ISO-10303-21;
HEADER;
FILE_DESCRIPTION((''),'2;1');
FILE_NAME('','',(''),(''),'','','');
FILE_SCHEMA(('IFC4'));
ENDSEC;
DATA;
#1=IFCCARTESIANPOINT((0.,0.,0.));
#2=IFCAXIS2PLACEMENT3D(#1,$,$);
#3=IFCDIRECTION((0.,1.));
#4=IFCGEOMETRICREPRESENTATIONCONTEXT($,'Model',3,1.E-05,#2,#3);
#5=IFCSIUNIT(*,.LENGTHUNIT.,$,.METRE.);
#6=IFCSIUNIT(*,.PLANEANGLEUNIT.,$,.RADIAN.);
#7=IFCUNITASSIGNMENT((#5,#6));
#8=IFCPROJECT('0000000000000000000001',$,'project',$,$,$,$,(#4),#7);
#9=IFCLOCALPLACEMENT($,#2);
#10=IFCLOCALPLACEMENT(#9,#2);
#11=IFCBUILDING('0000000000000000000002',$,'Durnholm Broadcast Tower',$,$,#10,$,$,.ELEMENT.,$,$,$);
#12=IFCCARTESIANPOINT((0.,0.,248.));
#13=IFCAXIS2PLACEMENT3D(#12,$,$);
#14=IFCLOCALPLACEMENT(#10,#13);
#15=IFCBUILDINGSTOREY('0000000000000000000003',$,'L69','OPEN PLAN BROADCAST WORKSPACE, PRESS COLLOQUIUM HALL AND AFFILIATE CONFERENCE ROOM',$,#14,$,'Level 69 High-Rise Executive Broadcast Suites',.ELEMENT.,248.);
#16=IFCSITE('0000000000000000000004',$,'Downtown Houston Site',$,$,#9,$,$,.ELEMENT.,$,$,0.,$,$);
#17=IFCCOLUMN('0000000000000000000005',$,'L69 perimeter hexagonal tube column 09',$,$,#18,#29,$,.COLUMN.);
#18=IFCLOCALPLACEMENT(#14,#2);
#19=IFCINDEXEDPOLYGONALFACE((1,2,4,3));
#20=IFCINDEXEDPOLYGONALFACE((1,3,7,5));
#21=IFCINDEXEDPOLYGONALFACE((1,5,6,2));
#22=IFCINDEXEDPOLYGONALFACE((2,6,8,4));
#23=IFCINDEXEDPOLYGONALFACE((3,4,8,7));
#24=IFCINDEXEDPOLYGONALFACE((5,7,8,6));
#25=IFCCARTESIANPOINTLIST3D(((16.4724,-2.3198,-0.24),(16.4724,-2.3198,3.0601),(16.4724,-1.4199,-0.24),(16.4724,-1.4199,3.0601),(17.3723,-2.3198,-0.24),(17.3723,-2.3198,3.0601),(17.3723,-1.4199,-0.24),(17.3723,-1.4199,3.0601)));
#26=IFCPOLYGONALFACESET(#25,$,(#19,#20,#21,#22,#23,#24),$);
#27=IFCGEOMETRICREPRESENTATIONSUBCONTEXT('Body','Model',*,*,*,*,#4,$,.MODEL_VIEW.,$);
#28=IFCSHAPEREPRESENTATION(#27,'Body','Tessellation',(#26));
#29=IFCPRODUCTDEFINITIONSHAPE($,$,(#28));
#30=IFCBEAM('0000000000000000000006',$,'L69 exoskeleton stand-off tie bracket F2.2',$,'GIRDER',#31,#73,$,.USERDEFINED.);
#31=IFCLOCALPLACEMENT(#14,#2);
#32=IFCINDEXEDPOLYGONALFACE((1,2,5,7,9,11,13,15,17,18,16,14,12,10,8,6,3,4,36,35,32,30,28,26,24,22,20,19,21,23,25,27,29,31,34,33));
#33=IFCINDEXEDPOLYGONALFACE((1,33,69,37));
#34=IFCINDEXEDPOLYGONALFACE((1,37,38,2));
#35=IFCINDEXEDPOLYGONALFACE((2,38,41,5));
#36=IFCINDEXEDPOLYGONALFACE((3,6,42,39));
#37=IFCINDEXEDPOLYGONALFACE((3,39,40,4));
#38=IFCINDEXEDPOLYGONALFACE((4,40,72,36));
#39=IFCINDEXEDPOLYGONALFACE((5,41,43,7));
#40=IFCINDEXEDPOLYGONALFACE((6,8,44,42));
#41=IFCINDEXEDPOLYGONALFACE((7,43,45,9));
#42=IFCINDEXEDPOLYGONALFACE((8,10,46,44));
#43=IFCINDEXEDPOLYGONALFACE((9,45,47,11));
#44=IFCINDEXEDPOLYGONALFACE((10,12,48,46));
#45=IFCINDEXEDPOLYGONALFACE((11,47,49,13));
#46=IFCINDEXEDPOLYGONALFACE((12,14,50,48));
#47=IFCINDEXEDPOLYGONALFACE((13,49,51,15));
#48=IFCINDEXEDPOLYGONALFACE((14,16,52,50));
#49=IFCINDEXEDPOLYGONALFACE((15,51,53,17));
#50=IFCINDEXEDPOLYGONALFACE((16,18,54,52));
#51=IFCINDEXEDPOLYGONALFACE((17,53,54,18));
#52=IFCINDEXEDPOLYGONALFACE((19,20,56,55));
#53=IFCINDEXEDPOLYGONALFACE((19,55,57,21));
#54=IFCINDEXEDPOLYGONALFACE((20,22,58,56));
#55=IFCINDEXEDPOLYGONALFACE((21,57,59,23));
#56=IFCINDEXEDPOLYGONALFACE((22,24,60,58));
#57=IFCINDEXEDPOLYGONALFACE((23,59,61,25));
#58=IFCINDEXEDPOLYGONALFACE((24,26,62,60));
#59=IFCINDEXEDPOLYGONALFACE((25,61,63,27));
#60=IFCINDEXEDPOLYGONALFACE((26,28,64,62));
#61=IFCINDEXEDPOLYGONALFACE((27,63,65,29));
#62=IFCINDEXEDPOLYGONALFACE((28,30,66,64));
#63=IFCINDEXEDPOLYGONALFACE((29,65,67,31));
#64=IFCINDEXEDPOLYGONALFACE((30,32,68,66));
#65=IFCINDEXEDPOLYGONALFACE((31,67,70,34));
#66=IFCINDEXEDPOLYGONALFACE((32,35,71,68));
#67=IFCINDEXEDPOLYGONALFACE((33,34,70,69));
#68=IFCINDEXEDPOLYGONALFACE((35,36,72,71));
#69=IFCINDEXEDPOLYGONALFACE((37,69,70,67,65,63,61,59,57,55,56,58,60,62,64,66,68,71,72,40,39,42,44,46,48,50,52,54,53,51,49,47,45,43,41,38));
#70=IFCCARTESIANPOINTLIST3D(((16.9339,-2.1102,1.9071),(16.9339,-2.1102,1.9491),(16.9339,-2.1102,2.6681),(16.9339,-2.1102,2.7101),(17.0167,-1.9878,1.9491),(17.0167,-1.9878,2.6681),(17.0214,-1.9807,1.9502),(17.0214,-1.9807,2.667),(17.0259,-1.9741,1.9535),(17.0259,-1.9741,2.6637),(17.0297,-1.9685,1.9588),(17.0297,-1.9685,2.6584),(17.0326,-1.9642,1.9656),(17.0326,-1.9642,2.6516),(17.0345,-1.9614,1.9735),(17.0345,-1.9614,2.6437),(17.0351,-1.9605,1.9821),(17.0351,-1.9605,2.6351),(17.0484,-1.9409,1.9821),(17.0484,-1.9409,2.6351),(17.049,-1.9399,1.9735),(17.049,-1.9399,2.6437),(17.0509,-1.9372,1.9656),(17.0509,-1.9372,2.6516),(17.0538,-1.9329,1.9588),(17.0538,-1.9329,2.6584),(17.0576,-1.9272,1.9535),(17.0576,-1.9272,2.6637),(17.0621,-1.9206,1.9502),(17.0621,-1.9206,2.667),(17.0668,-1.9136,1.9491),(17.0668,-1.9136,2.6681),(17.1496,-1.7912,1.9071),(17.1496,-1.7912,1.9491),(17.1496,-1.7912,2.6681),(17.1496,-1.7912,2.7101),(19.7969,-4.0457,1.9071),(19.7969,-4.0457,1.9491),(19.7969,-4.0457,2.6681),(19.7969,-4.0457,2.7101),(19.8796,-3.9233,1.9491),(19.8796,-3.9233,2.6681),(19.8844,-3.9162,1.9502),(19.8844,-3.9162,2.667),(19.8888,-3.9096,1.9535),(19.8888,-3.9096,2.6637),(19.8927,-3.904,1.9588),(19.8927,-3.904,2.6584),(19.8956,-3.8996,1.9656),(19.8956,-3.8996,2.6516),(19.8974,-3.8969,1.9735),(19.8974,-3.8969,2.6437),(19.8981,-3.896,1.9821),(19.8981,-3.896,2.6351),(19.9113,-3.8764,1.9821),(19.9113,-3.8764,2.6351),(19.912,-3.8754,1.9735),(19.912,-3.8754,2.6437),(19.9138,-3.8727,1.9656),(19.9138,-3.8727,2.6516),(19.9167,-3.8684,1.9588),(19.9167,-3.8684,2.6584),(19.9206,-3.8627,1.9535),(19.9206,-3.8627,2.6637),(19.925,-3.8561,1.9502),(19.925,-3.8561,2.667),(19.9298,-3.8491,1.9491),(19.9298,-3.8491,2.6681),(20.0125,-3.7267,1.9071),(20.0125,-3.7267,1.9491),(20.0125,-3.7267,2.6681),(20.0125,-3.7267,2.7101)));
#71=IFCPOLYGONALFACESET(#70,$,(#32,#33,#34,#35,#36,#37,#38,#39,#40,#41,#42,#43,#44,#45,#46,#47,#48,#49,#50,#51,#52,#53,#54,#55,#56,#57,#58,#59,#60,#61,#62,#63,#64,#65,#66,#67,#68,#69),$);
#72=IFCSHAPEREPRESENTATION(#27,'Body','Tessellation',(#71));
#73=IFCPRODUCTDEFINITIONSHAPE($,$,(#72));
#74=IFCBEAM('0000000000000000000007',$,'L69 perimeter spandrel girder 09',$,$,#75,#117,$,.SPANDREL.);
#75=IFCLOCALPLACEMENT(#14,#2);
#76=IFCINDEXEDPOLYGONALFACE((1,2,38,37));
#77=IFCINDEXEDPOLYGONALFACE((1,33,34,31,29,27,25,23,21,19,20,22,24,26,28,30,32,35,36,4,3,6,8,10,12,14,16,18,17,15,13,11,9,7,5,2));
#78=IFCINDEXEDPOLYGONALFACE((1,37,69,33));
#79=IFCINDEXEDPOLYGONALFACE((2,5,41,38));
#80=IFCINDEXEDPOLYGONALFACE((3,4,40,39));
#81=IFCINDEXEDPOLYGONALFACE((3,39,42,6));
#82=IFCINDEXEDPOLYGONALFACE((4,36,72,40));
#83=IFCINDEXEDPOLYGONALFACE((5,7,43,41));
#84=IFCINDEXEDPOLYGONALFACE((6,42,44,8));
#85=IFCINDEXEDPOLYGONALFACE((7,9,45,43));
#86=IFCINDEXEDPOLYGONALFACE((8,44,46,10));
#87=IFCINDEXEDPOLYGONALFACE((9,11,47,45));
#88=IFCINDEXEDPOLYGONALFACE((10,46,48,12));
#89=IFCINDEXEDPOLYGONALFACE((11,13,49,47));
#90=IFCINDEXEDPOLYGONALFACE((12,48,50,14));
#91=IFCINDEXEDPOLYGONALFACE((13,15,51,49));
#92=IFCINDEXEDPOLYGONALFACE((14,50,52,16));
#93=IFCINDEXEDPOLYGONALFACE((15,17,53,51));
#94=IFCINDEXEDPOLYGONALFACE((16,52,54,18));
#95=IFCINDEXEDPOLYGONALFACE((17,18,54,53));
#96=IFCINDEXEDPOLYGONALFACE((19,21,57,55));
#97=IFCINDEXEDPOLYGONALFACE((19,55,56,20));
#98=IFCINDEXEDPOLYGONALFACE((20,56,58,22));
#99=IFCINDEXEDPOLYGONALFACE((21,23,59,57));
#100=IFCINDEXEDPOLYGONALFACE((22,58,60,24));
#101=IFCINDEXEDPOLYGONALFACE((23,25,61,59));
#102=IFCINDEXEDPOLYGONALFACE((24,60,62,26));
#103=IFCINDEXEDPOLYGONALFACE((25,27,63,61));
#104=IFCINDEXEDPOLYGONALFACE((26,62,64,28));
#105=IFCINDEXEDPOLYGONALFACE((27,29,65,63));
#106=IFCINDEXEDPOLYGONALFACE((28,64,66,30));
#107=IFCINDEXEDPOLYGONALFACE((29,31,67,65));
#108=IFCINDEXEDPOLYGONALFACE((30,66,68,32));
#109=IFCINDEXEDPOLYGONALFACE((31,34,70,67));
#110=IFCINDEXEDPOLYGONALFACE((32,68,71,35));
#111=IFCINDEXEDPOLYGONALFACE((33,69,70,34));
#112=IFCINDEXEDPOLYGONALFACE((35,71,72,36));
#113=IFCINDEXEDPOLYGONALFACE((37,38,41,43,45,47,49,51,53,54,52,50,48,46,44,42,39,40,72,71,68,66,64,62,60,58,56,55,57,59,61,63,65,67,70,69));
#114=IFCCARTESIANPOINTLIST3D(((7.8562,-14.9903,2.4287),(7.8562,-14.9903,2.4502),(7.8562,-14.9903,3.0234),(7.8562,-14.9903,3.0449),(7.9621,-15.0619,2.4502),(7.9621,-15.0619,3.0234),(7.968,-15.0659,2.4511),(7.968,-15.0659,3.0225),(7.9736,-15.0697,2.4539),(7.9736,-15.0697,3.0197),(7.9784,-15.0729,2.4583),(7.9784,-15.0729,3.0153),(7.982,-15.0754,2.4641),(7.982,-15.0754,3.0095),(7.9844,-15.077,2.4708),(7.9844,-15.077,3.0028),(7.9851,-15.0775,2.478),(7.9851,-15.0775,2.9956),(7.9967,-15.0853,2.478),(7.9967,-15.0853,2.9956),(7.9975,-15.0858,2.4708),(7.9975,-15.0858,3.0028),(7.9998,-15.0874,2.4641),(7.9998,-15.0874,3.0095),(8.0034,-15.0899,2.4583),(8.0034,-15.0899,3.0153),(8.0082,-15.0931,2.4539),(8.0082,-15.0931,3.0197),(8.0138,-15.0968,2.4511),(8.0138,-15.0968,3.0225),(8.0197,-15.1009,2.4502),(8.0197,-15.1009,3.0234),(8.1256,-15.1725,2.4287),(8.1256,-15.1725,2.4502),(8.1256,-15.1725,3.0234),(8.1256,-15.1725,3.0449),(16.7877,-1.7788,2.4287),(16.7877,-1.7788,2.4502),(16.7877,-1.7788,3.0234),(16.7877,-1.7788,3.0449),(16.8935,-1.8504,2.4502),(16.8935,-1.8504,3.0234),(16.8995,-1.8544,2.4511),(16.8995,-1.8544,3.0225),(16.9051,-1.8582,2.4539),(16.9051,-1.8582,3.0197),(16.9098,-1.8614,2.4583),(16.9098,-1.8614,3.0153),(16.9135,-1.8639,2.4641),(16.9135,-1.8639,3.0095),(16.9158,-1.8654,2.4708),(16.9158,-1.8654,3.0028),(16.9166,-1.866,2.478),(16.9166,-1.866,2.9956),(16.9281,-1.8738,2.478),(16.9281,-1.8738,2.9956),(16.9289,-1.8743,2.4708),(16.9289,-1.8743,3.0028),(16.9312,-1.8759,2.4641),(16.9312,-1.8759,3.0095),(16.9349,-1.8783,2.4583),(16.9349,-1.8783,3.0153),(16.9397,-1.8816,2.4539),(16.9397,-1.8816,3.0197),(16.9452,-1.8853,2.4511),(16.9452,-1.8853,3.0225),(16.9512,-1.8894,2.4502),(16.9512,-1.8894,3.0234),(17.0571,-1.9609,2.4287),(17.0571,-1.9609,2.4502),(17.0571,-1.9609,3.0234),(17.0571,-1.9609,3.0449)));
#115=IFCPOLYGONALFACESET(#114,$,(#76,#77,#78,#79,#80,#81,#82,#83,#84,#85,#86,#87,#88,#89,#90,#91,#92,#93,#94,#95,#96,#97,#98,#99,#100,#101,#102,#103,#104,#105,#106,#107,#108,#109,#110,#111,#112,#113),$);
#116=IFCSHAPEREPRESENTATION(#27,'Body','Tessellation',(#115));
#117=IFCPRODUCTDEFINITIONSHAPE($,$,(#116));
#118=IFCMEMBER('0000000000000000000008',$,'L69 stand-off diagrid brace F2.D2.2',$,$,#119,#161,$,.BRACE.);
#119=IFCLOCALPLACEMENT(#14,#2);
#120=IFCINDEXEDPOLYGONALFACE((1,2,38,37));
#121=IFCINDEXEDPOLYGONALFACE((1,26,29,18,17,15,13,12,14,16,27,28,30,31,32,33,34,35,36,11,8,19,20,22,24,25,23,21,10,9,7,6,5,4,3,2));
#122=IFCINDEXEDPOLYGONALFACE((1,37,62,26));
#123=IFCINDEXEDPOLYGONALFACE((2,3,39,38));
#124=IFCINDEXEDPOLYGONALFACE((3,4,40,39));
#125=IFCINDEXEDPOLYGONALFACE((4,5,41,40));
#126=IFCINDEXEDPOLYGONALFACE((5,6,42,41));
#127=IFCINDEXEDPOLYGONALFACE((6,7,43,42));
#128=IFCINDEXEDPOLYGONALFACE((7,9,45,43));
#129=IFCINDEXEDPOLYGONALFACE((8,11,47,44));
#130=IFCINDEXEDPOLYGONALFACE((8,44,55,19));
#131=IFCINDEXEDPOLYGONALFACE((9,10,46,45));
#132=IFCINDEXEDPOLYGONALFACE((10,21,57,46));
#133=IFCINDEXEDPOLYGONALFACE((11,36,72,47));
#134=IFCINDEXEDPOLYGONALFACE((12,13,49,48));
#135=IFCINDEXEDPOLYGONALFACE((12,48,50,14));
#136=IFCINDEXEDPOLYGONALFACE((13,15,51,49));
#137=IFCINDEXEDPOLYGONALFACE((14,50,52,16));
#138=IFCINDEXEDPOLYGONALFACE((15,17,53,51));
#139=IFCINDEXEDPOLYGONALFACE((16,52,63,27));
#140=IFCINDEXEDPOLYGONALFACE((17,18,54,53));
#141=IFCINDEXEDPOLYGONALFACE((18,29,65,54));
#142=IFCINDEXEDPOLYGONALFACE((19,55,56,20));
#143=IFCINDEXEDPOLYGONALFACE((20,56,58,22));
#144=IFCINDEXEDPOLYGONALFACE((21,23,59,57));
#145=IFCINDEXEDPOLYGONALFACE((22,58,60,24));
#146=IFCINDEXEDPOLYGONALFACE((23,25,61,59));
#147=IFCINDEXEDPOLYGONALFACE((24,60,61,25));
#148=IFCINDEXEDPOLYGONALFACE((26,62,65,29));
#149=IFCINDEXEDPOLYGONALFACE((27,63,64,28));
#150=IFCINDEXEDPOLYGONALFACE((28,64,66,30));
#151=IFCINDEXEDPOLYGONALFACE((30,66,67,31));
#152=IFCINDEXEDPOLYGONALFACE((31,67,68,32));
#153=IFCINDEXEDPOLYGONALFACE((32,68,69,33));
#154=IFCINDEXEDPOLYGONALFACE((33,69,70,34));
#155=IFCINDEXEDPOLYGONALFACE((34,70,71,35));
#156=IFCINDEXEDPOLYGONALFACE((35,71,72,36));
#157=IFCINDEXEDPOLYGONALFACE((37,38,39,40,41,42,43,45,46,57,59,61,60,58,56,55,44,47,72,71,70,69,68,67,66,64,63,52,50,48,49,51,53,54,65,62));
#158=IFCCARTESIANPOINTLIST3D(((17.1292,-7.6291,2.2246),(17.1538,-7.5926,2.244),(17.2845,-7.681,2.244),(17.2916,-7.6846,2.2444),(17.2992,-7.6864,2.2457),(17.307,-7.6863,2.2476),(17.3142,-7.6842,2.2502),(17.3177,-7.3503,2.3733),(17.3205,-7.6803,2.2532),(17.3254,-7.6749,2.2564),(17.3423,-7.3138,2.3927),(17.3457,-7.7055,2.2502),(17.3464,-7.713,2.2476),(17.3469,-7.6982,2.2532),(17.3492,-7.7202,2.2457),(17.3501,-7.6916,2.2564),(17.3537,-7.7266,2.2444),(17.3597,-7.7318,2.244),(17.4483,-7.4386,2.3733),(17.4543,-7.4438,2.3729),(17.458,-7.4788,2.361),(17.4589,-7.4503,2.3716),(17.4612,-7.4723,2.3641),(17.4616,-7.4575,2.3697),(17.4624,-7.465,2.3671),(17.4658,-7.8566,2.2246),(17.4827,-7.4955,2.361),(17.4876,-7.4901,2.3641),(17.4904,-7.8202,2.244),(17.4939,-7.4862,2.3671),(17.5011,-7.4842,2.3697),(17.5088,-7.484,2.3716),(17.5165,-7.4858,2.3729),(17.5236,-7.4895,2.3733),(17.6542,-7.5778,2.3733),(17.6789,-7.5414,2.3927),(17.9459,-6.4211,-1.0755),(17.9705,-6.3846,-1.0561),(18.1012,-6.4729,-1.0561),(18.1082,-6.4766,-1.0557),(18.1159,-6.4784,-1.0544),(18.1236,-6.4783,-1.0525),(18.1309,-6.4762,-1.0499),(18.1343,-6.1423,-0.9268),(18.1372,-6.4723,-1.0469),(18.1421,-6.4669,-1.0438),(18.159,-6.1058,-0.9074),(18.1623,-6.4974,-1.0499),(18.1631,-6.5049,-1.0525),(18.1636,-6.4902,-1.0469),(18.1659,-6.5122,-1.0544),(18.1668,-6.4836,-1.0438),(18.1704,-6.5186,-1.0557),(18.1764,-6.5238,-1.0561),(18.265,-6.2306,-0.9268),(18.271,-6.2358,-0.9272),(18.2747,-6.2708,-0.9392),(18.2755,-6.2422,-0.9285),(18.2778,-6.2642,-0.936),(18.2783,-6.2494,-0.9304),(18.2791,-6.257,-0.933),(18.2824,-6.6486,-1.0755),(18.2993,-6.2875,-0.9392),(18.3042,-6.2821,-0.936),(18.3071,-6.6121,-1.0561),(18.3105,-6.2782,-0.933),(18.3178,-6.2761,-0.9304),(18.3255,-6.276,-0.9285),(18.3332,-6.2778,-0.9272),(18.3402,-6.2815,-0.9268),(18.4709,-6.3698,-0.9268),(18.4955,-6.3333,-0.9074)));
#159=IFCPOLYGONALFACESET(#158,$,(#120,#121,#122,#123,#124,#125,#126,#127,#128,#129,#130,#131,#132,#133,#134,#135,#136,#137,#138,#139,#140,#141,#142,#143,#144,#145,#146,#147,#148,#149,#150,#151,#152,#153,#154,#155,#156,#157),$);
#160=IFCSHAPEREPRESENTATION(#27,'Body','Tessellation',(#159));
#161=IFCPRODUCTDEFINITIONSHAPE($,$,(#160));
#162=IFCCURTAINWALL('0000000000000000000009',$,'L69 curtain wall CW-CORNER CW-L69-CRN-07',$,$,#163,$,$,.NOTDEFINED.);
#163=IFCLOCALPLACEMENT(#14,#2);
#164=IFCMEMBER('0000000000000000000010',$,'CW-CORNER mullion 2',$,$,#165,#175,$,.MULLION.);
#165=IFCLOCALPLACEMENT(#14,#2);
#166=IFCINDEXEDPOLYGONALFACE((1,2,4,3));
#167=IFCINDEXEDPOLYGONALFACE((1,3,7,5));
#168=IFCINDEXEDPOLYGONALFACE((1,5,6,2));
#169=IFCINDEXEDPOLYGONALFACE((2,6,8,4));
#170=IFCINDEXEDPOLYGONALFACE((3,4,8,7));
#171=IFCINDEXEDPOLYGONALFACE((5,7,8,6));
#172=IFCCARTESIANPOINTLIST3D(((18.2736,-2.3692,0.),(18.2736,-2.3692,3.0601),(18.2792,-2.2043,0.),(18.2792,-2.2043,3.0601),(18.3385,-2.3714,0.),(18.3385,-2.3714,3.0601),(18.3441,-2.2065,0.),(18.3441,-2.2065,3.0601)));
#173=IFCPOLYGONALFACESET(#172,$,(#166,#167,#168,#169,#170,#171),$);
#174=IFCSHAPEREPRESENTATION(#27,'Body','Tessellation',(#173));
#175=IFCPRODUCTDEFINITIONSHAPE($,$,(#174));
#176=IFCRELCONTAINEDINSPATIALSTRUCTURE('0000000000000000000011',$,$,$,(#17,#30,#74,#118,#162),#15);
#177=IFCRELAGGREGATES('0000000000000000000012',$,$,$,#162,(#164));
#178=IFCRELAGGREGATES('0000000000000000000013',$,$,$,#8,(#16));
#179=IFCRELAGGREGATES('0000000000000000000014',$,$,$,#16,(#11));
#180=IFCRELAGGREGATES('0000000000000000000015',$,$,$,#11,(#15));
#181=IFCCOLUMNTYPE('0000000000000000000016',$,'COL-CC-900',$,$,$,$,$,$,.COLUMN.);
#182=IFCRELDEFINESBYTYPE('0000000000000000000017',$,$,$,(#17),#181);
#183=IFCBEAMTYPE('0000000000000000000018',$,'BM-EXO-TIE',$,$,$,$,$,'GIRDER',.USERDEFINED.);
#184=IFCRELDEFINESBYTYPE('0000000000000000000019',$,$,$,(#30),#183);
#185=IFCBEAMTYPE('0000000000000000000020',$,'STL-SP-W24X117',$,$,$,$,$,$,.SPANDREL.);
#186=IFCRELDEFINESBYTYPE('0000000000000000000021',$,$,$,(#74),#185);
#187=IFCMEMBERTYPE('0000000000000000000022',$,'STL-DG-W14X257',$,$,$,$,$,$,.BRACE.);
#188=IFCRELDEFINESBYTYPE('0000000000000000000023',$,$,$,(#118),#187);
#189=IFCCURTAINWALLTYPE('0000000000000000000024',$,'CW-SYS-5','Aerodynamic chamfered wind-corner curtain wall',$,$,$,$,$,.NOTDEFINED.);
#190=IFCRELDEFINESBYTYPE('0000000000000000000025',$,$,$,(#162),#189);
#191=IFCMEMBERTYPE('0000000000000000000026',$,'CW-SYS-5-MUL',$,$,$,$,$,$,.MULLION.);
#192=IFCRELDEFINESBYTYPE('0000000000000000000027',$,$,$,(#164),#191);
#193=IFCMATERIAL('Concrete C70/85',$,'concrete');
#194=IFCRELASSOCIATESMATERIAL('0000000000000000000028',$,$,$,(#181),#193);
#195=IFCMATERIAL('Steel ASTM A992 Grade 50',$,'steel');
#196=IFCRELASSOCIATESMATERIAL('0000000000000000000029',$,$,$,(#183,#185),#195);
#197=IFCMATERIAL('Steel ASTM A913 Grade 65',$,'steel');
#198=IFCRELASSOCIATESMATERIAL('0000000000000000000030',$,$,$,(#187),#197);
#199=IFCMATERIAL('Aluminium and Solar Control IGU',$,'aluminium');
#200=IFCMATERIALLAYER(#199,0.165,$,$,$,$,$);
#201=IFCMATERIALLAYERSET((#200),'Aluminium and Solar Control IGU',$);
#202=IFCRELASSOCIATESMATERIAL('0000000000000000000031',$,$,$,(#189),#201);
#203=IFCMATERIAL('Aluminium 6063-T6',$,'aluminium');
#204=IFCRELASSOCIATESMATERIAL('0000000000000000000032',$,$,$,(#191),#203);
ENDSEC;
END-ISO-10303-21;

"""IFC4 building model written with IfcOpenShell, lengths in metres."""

from ifc_helpers import new_model, si_unit, direction, frame, origin, origin_2d, place, context, subcontext, project, spatial, rectangle, i_section, extrude, source, transform, mapped, material, layer, layer_set, material_profile, profile_set, type_object, type_shapes, element, aggregate, save


model = new_model("IFC4")

# Units and contexts
model_context = context("Model", 3, precision=1e-05, world=origin(), true_north=direction((0.0, 1.0)))
body_context = subcontext(model_context, "Body", "Model", "MODEL_VIEW")
ifc_project = project(units=[si_unit("LENGTHUNIT", "METRE"), si_unit("PLANEANGLEUNIT", "RADIAN")], contexts=[model_context])

# Site, building, storey
site_placement = place(None, origin())
site = spatial("IfcSite", under=ifc_project, at=site_placement, Name="Downtown Houston Site", CompositionType="ELEMENT", RefElevation=0.0)
building_placement = place(site_placement, origin())
building = spatial("IfcBuilding", under=site, at=building_placement, Name="Durnholm Broadcast Tower", CompositionType="ELEMENT")
storey_placement = place(building_placement, frame((0.0, 0.0, 248.0)))
storey = spatial("IfcBuildingStorey", under=building, at=storey_placement, Name="L69", Description="OPEN PLAN BROADCAST WORKSPACE, PRESS COLLOQUIUM HALL AND AFFILIATE CONFERENCE ROOM", LongName="Level 69 High-Rise Executive Broadcast Suites", CompositionType="ELEMENT", Elevation=248.0)

# Column
ifc_material_1 = material(Name="Concrete C70/85", Category="concrete")
ifc_material_profile_1 = material_profile(ifc_material_1, rectangle(XDim=0.8999, YDim=0.8999, at=origin_2d()), Name="RC900X900")
ifc_profile_set_1 = profile_set([ifc_material_profile_1], Name="Concrete C70/85")
column_type = type_object("IfcColumnType", Name="COL-CC-900", PredefinedType="COLUMN", material=ifc_profile_set_1)
shared_shape_1 = source(origin(), body_context, "Body", "SweptSolid", [
    extrude(rectangle(XDim=0.8999, YDim=0.8999, at=origin_2d()), origin(), (0.0, 0.0, 1.0), 3.3),
])
type_shapes(column_type, [shared_shape_1])
column_placement = place(storey_placement, frame((16.9224, -1.8699, -0.24), z_axis=(0.0, 0.0, 1.0), x_axis=(1.0, 0.0, 0.0)))
element("IfcColumn", 1, at=column_placement, inside=storey, type_object=column_type, Name="L69 perimeter hexagonal tube column 09", PredefinedType="COLUMN", context=body_context, shape_type="MappedRepresentation", body=[
    mapped(shared_shape_1, transform((0.0, 0.0, 0.0), x_axis=(1.0, 0.0, 0.0), y_axis=(0.0, 1.0, 0.0), z_axis=(0.0, 0.0, 1.0), scale=1.0)),
])

# Beams
ifc_material_2 = material(Name="Steel ASTM A992 Grade 50", Category="steel")
ifc_material_profile_2 = material_profile(ifc_material_2, i_section(OverallWidth=0.385, OverallDepth=0.803, WebThickness=0.0237, FlangeThickness=0.042, FilletRadius=0.033, at=origin_2d()), Name="W30X261")
ifc_profile_set_2 = profile_set([ifc_material_profile_2], Name="Steel ASTM A992 Grade 50")
beam_type_1 = type_object("IfcBeamType", Name="BM-EXO-TIE", ElementType="GIRDER", PredefinedType="USERDEFINED", material=ifc_profile_set_2)
shared_shape_2 = source(origin(), body_context, "Body", "SweptSolid", [
    extrude(i_section(OverallWidth=0.385, OverallDepth=0.803, WebThickness=0.0237, FlangeThickness=0.042, FilletRadius=0.033, at=origin_2d()), origin(), (0.0, 0.0, 1.0), 3.4558),
])
type_shapes(beam_type_1, [shared_shape_2])
beam_1_placement = place(storey_placement, frame((17.0417, -1.9507, 2.3086), z_axis=(0.828446, -0.560068, 0.0), x_axis=(0.560068, 0.828446, 0.0)))
element("IfcBeam", 2, at=beam_1_placement, inside=storey, type_object=beam_type_1, Name="L69 exoskeleton stand-off tie bracket F2.2", ObjectType="GIRDER", PredefinedType="USERDEFINED", context=body_context, shape_type="MappedRepresentation", body=[
    mapped(shared_shape_2, transform((0.0, 0.0, 0.0), x_axis=(1.0, 0.0, 0.0), y_axis=(0.0, 1.0, 0.0), z_axis=(0.0, 0.0, 1.0), scale=1.0)),
])
ifc_material_profile_3 = material_profile(ifc_material_2, i_section(OverallWidth=0.3252, OverallDepth=0.6162, WebThickness=0.0139, FlangeThickness=0.0215, FilletRadius=0.0278, at=origin_2d()), Name="W24X117")
ifc_profile_set_3 = profile_set([ifc_material_profile_3], Name="Steel ASTM A992 Grade 50")
beam_type_2 = type_object("IfcBeamType", Name="STL-SP-W24X117", PredefinedType="SPANDREL", material=ifc_profile_set_3)
shared_shape_3 = source(origin(), body_context, "Body", "SweptSolid", [
    extrude(i_section(OverallWidth=0.3252, OverallDepth=0.6162, WebThickness=0.0139, FlangeThickness=0.0215, FilletRadius=0.0278, at=origin_2d()), origin(), (0.0, 0.0, 1.0), 15.9473),
])
type_shapes(beam_type_2, [shared_shape_3])
beam_2_placement = place(storey_placement, frame((16.9224, -1.8699, 2.7368), z_axis=(-0.560062, -0.828451, 0.0), x_axis=(0.828451, -0.560062, 0.0)))
element("IfcBeam", 3, at=beam_2_placement, inside=storey, type_object=beam_type_2, Name="L69 perimeter spandrel girder 09", PredefinedType="SPANDREL", context=body_context, shape_type="MappedRepresentation", body=[
    mapped(shared_shape_3, transform((0.0, 0.0, 0.0), x_axis=(1.0, 0.0, 0.0), y_axis=(0.0, 1.0, 0.0), z_axis=(0.0, 0.0, 1.0), scale=1.0)),
])

# Member
ifc_material_3 = material(Name="Steel ASTM A913 Grade 65", Category="steel")
ifc_material_profile_4 = material_profile(ifc_material_3, i_section(OverallWidth=0.4062, OverallDepth=0.416, WebThickness=0.0298, FlangeThickness=0.0481, FilletRadius=0.0305, at=origin_2d()), Name="W14X257")
ifc_profile_set_4 = profile_set([ifc_material_profile_4], Name="Steel ASTM A913 Grade 65")
member_type_1 = type_object("IfcMemberType", Name="STL-DG-W14X257", PredefinedType="BRACE", material=ifc_profile_set_4)
shared_shape_4 = source(origin(), body_context, "Body", "SweptSolid", [
    extrude(i_section(OverallWidth=0.4062, OverallDepth=0.416, WebThickness=0.0298, FlangeThickness=0.0481, FilletRadius=0.0305, at=origin_2d()), origin(), (0.0, 0.0, 1.0), 3.6079),
])
type_shapes(member_type_1, [shared_shape_4])
member_1_placement = place(storey_placement, frame((18.2207, -6.3772, -0.9915), z_axis=(-0.226354, -0.334828, 0.914688), x_axis=(0.828452, -0.560059, 0.0)))
element("IfcMember", 4, at=member_1_placement, inside=storey, type_object=member_type_1, Name="L69 stand-off diagrid brace F2.D2.2", PredefinedType="BRACE", context=body_context, shape_type="MappedRepresentation", body=[
    mapped(shared_shape_4, transform((0.0, 0.0, 0.0), x_axis=(1.0, 0.0, 0.0), y_axis=(0.0, 1.0, 0.0), z_axis=(0.0, 0.0, 1.0), scale=1.0)),
])

# Curtain wall, member
ifc_material_4 = material(Name="Aluminium and Solar Control IGU", Category="aluminium")
ifc_layer_1 = layer(ifc_material_4, 0.165)
ifc_layer_set_1 = layer_set([ifc_layer_1], Name="Aluminium and Solar Control IGU")
curtain_wall_type_1 = type_object("IfcCurtainWallType", Name="CW-SYS-5", Description="Aerodynamic chamfered wind-corner curtain wall", PredefinedType="NOTDEFINED", material=ifc_layer_set_1)
curtain_wall_1_placement = place(storey_placement, origin())
curtain_wall_1 = element("IfcCurtainWall", 5, at=curtain_wall_1_placement, inside=storey, type_object=curtain_wall_type_1, Name="L69 curtain wall CW-CORNER CW-L69-CRN-07", PredefinedType="NOTDEFINED")
ifc_material_5 = material(Name="Aluminium 6063-T6", Category="aluminium")
ifc_material_profile_5 = material_profile(ifc_material_5, rectangle(XDim=0.0649, YDim=0.165, at=origin_2d()), Name="CWM65X165")
ifc_profile_set_5 = profile_set([ifc_material_profile_5], Name="Aluminium 6063-T6")
member_type_2 = type_object("IfcMemberType", Name="CW-SYS-5-MUL", PredefinedType="MULLION", material=ifc_profile_set_5)
shared_shape_5 = source(origin(), body_context, "Body", "SweptSolid", [
    extrude(rectangle(XDim=0.0649, YDim=0.165, at=origin_2d()), origin(), (0.0, 0.0, 1.0), 3.0601),
])
type_shapes(member_type_2, [shared_shape_5])
member_2_placement = place(storey_placement, frame((18.3088, -2.2878, 0.0), z_axis=(0.0, 0.0, 1.0), x_axis=(0.999411, -0.034318, 0.0)))
member_2 = element("IfcMember", 6, at=member_2_placement, type_object=member_type_2, Name="CW-CORNER mullion 2", PredefinedType="MULLION", context=body_context, shape_type="MappedRepresentation", body=[
    mapped(shared_shape_5, transform((0.0, 0.0, 0.0), x_axis=(1.0, 0.0, 0.0), y_axis=(0.0, 1.0, 0.0), z_axis=(0.0, 0.0, 1.0), scale=1.0)),
])

aggregate(curtain_wall_1, [member_2])

save(model, "model.ifc")
